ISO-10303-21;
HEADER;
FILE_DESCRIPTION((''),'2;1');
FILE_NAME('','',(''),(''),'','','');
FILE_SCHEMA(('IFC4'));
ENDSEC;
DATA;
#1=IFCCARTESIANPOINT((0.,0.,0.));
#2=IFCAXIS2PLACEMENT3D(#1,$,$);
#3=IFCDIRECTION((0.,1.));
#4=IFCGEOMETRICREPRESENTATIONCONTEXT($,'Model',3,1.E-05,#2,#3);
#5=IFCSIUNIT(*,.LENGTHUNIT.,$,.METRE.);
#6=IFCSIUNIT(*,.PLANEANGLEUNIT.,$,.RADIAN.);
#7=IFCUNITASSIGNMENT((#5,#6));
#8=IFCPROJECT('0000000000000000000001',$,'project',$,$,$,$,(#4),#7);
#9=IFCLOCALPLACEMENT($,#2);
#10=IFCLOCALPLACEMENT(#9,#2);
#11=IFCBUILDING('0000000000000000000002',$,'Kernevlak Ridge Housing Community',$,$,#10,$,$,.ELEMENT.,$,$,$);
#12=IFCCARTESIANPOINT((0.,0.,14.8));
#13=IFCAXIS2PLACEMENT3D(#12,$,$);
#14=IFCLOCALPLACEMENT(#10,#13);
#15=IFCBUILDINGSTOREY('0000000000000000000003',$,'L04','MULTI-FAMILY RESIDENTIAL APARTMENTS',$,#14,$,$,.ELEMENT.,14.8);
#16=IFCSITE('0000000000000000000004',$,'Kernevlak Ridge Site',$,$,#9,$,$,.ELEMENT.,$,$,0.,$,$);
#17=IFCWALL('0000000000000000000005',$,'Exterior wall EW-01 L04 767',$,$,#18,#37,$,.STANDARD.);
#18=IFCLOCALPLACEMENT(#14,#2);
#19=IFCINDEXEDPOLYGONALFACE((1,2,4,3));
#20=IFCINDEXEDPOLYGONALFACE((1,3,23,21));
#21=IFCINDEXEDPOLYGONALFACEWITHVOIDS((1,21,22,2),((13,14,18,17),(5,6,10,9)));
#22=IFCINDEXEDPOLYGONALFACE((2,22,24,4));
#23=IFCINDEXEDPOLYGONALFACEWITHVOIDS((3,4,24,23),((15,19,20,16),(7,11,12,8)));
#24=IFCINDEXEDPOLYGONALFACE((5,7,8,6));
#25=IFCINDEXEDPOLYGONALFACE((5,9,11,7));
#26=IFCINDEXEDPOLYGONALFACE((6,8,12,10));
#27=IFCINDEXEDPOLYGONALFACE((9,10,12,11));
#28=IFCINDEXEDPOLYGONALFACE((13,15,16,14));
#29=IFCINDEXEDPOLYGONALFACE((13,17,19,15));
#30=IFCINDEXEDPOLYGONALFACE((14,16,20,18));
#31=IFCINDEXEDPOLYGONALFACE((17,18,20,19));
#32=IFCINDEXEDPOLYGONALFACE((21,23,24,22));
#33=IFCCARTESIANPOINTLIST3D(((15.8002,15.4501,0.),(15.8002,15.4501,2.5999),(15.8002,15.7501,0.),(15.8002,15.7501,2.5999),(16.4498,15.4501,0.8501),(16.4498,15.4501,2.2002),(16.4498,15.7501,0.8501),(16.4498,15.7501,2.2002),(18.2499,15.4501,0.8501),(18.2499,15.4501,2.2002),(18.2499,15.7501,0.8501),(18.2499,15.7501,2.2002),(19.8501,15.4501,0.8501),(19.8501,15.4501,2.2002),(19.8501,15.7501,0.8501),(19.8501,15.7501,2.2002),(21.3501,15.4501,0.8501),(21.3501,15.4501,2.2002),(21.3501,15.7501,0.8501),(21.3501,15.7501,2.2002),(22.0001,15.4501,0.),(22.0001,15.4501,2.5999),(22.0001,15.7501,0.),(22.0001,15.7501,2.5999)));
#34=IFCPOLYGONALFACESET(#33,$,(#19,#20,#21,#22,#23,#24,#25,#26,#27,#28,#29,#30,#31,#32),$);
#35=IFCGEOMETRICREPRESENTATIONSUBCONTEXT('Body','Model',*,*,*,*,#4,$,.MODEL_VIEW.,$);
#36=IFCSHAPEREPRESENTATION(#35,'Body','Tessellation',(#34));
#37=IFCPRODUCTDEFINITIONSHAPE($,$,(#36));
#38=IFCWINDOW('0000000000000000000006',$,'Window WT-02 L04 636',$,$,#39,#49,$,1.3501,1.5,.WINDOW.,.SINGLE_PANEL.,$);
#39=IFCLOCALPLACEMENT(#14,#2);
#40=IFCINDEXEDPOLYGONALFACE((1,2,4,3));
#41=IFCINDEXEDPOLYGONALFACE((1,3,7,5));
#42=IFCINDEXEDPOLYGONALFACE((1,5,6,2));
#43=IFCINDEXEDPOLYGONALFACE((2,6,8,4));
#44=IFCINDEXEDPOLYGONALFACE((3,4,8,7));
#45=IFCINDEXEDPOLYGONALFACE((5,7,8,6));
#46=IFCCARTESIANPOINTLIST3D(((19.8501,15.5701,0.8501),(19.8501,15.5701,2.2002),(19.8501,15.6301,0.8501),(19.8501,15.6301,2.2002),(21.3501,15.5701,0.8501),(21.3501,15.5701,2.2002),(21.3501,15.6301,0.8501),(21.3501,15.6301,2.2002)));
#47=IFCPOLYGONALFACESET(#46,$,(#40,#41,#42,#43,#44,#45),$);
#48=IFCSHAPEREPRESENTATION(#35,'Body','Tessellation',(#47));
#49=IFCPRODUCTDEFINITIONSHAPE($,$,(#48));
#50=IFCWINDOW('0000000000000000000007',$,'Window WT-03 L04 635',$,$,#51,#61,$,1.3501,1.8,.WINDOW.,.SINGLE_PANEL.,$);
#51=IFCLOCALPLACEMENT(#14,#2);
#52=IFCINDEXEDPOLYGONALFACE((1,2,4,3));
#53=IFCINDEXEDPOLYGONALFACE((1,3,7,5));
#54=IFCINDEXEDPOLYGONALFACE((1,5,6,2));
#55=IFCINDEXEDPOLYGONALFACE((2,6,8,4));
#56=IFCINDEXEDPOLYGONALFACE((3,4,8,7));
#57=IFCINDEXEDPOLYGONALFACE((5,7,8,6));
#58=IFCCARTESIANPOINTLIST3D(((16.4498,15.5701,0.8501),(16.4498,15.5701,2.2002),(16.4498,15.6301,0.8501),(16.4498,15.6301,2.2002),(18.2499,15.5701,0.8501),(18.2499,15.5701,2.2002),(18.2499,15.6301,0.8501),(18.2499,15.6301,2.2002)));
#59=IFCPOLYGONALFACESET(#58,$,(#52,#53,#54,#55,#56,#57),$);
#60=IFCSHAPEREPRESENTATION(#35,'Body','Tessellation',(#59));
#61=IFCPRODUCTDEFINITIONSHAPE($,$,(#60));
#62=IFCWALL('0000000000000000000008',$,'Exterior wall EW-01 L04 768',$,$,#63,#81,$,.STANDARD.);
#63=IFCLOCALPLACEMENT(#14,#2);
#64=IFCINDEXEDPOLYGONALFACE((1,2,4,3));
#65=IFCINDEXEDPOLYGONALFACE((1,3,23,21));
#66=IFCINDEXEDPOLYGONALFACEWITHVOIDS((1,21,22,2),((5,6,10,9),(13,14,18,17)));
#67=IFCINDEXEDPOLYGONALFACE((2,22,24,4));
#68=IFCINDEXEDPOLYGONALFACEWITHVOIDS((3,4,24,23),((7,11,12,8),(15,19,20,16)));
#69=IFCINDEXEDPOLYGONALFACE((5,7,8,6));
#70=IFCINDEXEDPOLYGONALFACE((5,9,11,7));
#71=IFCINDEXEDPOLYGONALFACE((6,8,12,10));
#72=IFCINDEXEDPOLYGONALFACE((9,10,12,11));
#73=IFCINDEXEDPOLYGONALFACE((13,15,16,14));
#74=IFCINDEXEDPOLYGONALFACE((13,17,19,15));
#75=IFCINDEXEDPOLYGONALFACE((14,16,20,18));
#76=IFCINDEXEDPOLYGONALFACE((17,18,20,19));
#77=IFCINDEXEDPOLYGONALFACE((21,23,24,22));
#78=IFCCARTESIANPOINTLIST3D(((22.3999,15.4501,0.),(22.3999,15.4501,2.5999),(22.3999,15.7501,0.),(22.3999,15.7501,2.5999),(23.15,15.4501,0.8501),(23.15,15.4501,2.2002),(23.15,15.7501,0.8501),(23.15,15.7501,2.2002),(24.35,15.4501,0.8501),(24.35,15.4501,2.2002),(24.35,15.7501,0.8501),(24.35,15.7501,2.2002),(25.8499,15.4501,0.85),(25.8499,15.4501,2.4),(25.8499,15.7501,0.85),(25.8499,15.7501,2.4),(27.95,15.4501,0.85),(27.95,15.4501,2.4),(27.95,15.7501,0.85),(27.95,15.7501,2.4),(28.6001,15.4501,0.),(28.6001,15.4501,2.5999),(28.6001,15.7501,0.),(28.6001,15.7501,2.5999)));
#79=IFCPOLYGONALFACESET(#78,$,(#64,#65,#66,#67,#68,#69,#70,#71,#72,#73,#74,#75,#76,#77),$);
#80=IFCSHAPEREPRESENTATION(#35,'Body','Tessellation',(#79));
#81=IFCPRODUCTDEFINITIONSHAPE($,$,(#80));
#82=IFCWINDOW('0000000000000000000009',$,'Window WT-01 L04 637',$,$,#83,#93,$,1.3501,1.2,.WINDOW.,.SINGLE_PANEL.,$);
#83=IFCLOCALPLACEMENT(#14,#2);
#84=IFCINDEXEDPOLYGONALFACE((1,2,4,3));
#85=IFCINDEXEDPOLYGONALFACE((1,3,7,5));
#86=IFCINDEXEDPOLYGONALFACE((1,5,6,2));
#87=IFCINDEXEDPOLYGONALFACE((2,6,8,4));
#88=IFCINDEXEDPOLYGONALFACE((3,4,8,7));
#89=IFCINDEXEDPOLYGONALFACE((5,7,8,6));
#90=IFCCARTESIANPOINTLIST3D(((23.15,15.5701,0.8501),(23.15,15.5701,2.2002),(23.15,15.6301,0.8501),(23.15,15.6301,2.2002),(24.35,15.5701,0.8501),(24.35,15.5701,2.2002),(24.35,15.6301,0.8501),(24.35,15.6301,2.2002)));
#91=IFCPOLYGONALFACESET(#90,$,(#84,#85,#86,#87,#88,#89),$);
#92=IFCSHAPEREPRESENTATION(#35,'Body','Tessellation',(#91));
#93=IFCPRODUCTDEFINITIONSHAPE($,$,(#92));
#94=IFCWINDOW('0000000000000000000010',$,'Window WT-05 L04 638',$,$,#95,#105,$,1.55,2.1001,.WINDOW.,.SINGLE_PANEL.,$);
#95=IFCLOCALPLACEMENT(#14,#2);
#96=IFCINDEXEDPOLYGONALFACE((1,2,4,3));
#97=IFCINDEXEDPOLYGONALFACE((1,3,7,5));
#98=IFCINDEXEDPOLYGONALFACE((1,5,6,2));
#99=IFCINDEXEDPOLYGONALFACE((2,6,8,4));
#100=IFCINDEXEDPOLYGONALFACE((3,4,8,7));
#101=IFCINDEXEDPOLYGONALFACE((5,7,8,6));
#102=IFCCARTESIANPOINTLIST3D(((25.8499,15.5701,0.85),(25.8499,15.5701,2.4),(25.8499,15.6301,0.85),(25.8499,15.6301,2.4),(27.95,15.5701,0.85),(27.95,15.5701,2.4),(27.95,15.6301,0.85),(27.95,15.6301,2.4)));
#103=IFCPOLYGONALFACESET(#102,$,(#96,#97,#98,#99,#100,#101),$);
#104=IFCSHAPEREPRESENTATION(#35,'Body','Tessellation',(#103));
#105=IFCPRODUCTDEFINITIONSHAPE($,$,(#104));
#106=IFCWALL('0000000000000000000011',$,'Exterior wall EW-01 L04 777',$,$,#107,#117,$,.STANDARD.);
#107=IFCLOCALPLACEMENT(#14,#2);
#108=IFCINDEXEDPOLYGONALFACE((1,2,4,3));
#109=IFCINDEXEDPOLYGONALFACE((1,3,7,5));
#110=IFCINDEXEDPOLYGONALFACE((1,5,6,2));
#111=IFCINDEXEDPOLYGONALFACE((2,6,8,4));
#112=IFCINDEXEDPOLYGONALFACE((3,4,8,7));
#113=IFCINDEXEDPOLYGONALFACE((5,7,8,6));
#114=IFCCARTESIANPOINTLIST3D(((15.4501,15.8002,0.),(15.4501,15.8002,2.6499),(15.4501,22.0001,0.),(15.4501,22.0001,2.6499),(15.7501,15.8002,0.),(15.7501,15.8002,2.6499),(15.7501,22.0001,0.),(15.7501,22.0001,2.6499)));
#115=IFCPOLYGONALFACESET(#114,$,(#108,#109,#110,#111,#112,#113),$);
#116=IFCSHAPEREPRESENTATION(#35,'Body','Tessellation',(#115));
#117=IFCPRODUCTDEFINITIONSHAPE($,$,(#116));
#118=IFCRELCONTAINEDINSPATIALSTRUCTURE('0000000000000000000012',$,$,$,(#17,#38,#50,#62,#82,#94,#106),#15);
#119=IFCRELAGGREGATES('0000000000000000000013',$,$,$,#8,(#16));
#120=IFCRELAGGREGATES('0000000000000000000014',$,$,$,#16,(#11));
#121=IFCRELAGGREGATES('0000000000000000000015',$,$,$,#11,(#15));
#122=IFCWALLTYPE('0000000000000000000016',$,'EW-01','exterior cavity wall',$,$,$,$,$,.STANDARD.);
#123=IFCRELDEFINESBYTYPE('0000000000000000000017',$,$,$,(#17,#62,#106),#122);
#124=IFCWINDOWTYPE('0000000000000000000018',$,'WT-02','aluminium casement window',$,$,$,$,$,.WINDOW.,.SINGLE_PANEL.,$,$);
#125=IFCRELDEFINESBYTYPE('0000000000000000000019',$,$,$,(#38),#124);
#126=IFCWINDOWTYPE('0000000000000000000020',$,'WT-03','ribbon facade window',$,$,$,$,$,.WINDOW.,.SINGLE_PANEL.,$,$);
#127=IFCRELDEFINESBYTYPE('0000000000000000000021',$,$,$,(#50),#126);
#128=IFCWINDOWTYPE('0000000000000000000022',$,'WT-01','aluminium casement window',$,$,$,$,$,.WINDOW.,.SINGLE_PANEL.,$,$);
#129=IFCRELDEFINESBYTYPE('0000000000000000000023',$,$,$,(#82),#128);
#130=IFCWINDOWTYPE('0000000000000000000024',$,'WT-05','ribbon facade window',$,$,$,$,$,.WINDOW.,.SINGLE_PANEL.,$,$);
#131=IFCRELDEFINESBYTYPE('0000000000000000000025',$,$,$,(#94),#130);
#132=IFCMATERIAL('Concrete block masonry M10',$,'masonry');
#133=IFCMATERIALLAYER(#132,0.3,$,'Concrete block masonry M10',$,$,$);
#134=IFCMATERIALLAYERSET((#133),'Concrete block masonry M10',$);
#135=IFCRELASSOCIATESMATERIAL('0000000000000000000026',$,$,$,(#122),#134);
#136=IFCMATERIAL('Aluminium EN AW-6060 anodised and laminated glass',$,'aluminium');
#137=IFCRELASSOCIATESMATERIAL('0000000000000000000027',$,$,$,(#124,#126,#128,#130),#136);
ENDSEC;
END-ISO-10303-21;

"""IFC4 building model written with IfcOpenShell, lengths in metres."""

from ifc_helpers import new_model, si_unit, direction, frame, frame_2d, origin, place, context, subcontext, project, spatial, rectangle, extrude, material, layer, layer_set, type_object, element, fill, save


model = new_model("IFC4")

# Units and contexts
model_context = context("Model", 3, precision=1e-05, world=origin(), true_north=direction((0.0, 1.0)))
body_context = subcontext(model_context, "Body", "Model", "MODEL_VIEW")
ifc_project = project(units=[si_unit("LENGTHUNIT", "METRE"), si_unit("PLANEANGLEUNIT", "RADIAN")], contexts=[model_context])

# Site, building, storey
site_placement = place(None, origin())
site = spatial("IfcSite", under=ifc_project, at=site_placement, Name="Kernevlak Ridge Site", CompositionType="ELEMENT", RefElevation=0.0)
building_placement = place(site_placement, origin())
building = spatial("IfcBuilding", under=site, at=building_placement, Name="Kernevlak Ridge Housing Community", CompositionType="ELEMENT")
storey_placement = place(building_placement, frame((0.0, 0.0, 14.8)))
storey = spatial("IfcBuildingStorey", under=building, at=storey_placement, Name="L04", Description="MULTI-FAMILY RESIDENTIAL APARTMENTS", CompositionType="ELEMENT", Elevation=14.8)

# Walls, openings, windows
ifc_material_1 = material(Name="Concrete block masonry M10", Category="masonry")
ifc_layer_1 = layer(ifc_material_1, 0.3, Name="Concrete block masonry M10")
ifc_layer_set_1 = layer_set([ifc_layer_1], Name="Concrete block masonry M10")
wall_type = type_object("IfcWallType", Name="EW-01", Description="exterior cavity wall", PredefinedType="STANDARD", material=ifc_layer_set_1)
wall_1_placement = place(storey_placement, frame((15.8, 15.6001, 0.0), z_axis=(0.0, 0.0, 1.0), x_axis=(1.0, 0.0, 0.0)))
wall_1 = element("IfcWall", 1, at=wall_1_placement, inside=storey, type_object=wall_type, Name="Exterior wall EW-01 L04 767", PredefinedType="STANDARD", context=body_context, shape_type="SweptSolid", body=[
    extrude(rectangle(XDim=6.2, YDim=0.3, at=frame_2d((3.1001, 0.0))), origin(), (0.0, 0.0, 1.0), 2.5999),
])
opening_1_placement = place(wall_1_placement, frame((0.6499, 0.0, 0.8501)))
opening_1 = element("IfcOpeningElement", 2, at=opening_1_placement, cuts=wall_1, PredefinedType="OPENING", context=body_context, shape_type="SweptSolid", body=[
    extrude(rectangle(XDim=1.8, YDim=1.3501, at=frame_2d((0.8999, 0.675))), frame((0.0, 0.1599, 0.0), z_axis=(0.0, -1.0, 0.0), x_axis=(1.0, 0.0, 0.0)), (0.0, 0.0, 1.0), 0.3201),
])
opening_2_placement = place(wall_1_placement, frame((4.05, 0.0, 0.8501)))
opening_2 = element("IfcOpeningElement", 3, at=opening_2_placement, cuts=wall_1, PredefinedType="OPENING", context=body_context, shape_type="SweptSolid", body=[
    extrude(rectangle(XDim=1.5, YDim=1.3501, at=frame_2d((0.75, 0.675))), frame((0.0, 0.1599, 0.0), z_axis=(0.0, -1.0, 0.0), x_axis=(1.0, 0.0, 0.0)), (0.0, 0.0, 1.0), 0.3201),
])
ifc_material_2 = material(Name="Aluminium EN AW-6060 anodised and laminated glass", Category="aluminium")
window_type_1 = type_object("IfcWindowType", Name="WT-02", Description="aluminium casement window", PartitioningType="SINGLE_PANEL", PredefinedType="WINDOW", material=ifc_material_2)
window_1_placement = place(opening_2_placement, origin())
window_1 = element("IfcWindow", 4, at=window_1_placement, inside=storey, type_object=window_type_1, Name="Window WT-02 L04 636", OverallHeight=1.3501, OverallWidth=1.5, PartitioningType="SINGLE_PANEL", PredefinedType="WINDOW", context=body_context, shape_type="SweptSolid", body=[
    extrude(rectangle(XDim=1.5, YDim=1.3501, at=frame_2d((0.75, 0.675))), frame((0.0, 0.03, 0.0), z_axis=(0.0, -1.0, 0.0), x_axis=(1.0, 0.0, 0.0)), (0.0, 0.0, 1.0), 0.0601),
])
fill(opening_2, window_1)
window_type_2 = type_object("IfcWindowType", Name="WT-03", Description="ribbon facade window", PartitioningType="SINGLE_PANEL", PredefinedType="WINDOW", material=ifc_material_2)
window_2_placement = place(opening_1_placement, origin())
window_2 = element("IfcWindow", 5, at=window_2_placement, inside=storey, type_object=window_type_2, Name="Window WT-03 L04 635", OverallHeight=1.3501, OverallWidth=1.8, PartitioningType="SINGLE_PANEL", PredefinedType="WINDOW", context=body_context, shape_type="SweptSolid", body=[
    extrude(rectangle(XDim=1.8, YDim=1.3501, at=frame_2d((0.8999, 0.675))), frame((0.0, 0.03, 0.0), z_axis=(0.0, -1.0, 0.0), x_axis=(1.0, 0.0, 0.0)), (0.0, 0.0, 1.0), 0.0601),
])
fill(opening_1, window_2)
wall_2_placement = place(storey_placement, frame((22.3999, 15.6001, 0.0), z_axis=(0.0, 0.0, 1.0), x_axis=(1.0, 0.0, 0.0)))
wall_2 = element("IfcWall", 6, at=wall_2_placement, inside=storey, type_object=wall_type, Name="Exterior wall EW-01 L04 768", PredefinedType="STANDARD", context=body_context, shape_type="SweptSolid", body=[
    extrude(rectangle(XDim=6.2002, YDim=0.3, at=frame_2d((3.1001, 0.0))), origin(), (0.0, 0.0, 1.0), 2.5999),
])
opening_3_placement = place(wall_2_placement, frame((0.75, 0.0, 0.8501)))
opening_3 = element("IfcOpeningElement", 7, at=opening_3_placement, cuts=wall_2, PredefinedType="OPENING", context=body_context, shape_type="SweptSolid", body=[
    extrude(rectangle(XDim=1.2, YDim=1.3501, at=frame_2d((0.6001, 0.675))), frame((0.0, 0.1599, 0.0), z_axis=(0.0, -1.0, 0.0), x_axis=(1.0, 0.0, 0.0)), (0.0, 0.0, 1.0), 0.3201),
])
opening_4_placement = place(wall_2_placement, frame((3.45, 0.0, 0.8501)))
opening_4 = element("IfcOpeningElement", 8, at=opening_4_placement, cuts=wall_2, PredefinedType="OPENING", context=body_context, shape_type="SweptSolid", body=[
    extrude(rectangle(XDim=2.1001, YDim=1.55, at=frame_2d((1.05, 0.7749))), frame((0.0, 0.1599, 0.0), z_axis=(0.0, -1.0, 0.0), x_axis=(1.0, 0.0, 0.0)), (0.0, 0.0, 1.0), 0.3201),
])
window_type_3 = type_object("IfcWindowType", Name="WT-01", Description="aluminium casement window", PartitioningType="SINGLE_PANEL", PredefinedType="WINDOW", material=ifc_material_2)
window_3_placement = place(opening_3_placement, origin())
window_3 = element("IfcWindow", 9, at=window_3_placement, inside=storey, type_object=window_type_3, Name="Window WT-01 L04 637", OverallHeight=1.3501, OverallWidth=1.2, PartitioningType="SINGLE_PANEL", PredefinedType="WINDOW", context=body_context, shape_type="SweptSolid", body=[
    extrude(rectangle(XDim=1.2, YDim=1.3501, at=frame_2d((0.6001, 0.675))), frame((0.0, 0.03, 0.0), z_axis=(0.0, -1.0, 0.0), x_axis=(1.0, 0.0, 0.0)), (0.0, 0.0, 1.0), 0.0601),
])
fill(opening_3, window_3)
window_type_4 = type_object("IfcWindowType", Name="WT-05", Description="ribbon facade window", PartitioningType="SINGLE_PANEL", PredefinedType="WINDOW", material=ifc_material_2)
window_4_placement = place(opening_4_placement, origin())
window_4 = element("IfcWindow", 10, at=window_4_placement, inside=storey, type_object=window_type_4, Name="Window WT-05 L04 638", OverallHeight=1.55, OverallWidth=2.1001, PartitioningType="SINGLE_PANEL", PredefinedType="WINDOW", context=body_context, shape_type="SweptSolid", body=[
    extrude(rectangle(XDim=2.1001, YDim=1.55, at=frame_2d((1.05, 0.7749))), frame((0.0, 0.03, 0.0), z_axis=(0.0, -1.0, 0.0), x_axis=(1.0, 0.0, 0.0)), (0.0, 0.0, 1.0), 0.0601),
])
fill(opening_4, window_4)

# Wall
wall_3_placement = place(storey_placement, frame((15.6001, 15.8, 0.0), z_axis=(0.0, 0.0, 1.0), x_axis=(0.0, 1.0, 0.0)))
element("IfcWall", 11, at=wall_3_placement, inside=storey, type_object=wall_type, Name="Exterior wall EW-01 L04 777", PredefinedType="STANDARD", context=body_context, shape_type="SweptSolid", body=[
    extrude(rectangle(XDim=6.2, YDim=0.3, at=frame_2d((3.1001, 0.0))), origin(), (0.0, 0.0, 1.0), 2.6499),
])

save(model, "model.ifc")
